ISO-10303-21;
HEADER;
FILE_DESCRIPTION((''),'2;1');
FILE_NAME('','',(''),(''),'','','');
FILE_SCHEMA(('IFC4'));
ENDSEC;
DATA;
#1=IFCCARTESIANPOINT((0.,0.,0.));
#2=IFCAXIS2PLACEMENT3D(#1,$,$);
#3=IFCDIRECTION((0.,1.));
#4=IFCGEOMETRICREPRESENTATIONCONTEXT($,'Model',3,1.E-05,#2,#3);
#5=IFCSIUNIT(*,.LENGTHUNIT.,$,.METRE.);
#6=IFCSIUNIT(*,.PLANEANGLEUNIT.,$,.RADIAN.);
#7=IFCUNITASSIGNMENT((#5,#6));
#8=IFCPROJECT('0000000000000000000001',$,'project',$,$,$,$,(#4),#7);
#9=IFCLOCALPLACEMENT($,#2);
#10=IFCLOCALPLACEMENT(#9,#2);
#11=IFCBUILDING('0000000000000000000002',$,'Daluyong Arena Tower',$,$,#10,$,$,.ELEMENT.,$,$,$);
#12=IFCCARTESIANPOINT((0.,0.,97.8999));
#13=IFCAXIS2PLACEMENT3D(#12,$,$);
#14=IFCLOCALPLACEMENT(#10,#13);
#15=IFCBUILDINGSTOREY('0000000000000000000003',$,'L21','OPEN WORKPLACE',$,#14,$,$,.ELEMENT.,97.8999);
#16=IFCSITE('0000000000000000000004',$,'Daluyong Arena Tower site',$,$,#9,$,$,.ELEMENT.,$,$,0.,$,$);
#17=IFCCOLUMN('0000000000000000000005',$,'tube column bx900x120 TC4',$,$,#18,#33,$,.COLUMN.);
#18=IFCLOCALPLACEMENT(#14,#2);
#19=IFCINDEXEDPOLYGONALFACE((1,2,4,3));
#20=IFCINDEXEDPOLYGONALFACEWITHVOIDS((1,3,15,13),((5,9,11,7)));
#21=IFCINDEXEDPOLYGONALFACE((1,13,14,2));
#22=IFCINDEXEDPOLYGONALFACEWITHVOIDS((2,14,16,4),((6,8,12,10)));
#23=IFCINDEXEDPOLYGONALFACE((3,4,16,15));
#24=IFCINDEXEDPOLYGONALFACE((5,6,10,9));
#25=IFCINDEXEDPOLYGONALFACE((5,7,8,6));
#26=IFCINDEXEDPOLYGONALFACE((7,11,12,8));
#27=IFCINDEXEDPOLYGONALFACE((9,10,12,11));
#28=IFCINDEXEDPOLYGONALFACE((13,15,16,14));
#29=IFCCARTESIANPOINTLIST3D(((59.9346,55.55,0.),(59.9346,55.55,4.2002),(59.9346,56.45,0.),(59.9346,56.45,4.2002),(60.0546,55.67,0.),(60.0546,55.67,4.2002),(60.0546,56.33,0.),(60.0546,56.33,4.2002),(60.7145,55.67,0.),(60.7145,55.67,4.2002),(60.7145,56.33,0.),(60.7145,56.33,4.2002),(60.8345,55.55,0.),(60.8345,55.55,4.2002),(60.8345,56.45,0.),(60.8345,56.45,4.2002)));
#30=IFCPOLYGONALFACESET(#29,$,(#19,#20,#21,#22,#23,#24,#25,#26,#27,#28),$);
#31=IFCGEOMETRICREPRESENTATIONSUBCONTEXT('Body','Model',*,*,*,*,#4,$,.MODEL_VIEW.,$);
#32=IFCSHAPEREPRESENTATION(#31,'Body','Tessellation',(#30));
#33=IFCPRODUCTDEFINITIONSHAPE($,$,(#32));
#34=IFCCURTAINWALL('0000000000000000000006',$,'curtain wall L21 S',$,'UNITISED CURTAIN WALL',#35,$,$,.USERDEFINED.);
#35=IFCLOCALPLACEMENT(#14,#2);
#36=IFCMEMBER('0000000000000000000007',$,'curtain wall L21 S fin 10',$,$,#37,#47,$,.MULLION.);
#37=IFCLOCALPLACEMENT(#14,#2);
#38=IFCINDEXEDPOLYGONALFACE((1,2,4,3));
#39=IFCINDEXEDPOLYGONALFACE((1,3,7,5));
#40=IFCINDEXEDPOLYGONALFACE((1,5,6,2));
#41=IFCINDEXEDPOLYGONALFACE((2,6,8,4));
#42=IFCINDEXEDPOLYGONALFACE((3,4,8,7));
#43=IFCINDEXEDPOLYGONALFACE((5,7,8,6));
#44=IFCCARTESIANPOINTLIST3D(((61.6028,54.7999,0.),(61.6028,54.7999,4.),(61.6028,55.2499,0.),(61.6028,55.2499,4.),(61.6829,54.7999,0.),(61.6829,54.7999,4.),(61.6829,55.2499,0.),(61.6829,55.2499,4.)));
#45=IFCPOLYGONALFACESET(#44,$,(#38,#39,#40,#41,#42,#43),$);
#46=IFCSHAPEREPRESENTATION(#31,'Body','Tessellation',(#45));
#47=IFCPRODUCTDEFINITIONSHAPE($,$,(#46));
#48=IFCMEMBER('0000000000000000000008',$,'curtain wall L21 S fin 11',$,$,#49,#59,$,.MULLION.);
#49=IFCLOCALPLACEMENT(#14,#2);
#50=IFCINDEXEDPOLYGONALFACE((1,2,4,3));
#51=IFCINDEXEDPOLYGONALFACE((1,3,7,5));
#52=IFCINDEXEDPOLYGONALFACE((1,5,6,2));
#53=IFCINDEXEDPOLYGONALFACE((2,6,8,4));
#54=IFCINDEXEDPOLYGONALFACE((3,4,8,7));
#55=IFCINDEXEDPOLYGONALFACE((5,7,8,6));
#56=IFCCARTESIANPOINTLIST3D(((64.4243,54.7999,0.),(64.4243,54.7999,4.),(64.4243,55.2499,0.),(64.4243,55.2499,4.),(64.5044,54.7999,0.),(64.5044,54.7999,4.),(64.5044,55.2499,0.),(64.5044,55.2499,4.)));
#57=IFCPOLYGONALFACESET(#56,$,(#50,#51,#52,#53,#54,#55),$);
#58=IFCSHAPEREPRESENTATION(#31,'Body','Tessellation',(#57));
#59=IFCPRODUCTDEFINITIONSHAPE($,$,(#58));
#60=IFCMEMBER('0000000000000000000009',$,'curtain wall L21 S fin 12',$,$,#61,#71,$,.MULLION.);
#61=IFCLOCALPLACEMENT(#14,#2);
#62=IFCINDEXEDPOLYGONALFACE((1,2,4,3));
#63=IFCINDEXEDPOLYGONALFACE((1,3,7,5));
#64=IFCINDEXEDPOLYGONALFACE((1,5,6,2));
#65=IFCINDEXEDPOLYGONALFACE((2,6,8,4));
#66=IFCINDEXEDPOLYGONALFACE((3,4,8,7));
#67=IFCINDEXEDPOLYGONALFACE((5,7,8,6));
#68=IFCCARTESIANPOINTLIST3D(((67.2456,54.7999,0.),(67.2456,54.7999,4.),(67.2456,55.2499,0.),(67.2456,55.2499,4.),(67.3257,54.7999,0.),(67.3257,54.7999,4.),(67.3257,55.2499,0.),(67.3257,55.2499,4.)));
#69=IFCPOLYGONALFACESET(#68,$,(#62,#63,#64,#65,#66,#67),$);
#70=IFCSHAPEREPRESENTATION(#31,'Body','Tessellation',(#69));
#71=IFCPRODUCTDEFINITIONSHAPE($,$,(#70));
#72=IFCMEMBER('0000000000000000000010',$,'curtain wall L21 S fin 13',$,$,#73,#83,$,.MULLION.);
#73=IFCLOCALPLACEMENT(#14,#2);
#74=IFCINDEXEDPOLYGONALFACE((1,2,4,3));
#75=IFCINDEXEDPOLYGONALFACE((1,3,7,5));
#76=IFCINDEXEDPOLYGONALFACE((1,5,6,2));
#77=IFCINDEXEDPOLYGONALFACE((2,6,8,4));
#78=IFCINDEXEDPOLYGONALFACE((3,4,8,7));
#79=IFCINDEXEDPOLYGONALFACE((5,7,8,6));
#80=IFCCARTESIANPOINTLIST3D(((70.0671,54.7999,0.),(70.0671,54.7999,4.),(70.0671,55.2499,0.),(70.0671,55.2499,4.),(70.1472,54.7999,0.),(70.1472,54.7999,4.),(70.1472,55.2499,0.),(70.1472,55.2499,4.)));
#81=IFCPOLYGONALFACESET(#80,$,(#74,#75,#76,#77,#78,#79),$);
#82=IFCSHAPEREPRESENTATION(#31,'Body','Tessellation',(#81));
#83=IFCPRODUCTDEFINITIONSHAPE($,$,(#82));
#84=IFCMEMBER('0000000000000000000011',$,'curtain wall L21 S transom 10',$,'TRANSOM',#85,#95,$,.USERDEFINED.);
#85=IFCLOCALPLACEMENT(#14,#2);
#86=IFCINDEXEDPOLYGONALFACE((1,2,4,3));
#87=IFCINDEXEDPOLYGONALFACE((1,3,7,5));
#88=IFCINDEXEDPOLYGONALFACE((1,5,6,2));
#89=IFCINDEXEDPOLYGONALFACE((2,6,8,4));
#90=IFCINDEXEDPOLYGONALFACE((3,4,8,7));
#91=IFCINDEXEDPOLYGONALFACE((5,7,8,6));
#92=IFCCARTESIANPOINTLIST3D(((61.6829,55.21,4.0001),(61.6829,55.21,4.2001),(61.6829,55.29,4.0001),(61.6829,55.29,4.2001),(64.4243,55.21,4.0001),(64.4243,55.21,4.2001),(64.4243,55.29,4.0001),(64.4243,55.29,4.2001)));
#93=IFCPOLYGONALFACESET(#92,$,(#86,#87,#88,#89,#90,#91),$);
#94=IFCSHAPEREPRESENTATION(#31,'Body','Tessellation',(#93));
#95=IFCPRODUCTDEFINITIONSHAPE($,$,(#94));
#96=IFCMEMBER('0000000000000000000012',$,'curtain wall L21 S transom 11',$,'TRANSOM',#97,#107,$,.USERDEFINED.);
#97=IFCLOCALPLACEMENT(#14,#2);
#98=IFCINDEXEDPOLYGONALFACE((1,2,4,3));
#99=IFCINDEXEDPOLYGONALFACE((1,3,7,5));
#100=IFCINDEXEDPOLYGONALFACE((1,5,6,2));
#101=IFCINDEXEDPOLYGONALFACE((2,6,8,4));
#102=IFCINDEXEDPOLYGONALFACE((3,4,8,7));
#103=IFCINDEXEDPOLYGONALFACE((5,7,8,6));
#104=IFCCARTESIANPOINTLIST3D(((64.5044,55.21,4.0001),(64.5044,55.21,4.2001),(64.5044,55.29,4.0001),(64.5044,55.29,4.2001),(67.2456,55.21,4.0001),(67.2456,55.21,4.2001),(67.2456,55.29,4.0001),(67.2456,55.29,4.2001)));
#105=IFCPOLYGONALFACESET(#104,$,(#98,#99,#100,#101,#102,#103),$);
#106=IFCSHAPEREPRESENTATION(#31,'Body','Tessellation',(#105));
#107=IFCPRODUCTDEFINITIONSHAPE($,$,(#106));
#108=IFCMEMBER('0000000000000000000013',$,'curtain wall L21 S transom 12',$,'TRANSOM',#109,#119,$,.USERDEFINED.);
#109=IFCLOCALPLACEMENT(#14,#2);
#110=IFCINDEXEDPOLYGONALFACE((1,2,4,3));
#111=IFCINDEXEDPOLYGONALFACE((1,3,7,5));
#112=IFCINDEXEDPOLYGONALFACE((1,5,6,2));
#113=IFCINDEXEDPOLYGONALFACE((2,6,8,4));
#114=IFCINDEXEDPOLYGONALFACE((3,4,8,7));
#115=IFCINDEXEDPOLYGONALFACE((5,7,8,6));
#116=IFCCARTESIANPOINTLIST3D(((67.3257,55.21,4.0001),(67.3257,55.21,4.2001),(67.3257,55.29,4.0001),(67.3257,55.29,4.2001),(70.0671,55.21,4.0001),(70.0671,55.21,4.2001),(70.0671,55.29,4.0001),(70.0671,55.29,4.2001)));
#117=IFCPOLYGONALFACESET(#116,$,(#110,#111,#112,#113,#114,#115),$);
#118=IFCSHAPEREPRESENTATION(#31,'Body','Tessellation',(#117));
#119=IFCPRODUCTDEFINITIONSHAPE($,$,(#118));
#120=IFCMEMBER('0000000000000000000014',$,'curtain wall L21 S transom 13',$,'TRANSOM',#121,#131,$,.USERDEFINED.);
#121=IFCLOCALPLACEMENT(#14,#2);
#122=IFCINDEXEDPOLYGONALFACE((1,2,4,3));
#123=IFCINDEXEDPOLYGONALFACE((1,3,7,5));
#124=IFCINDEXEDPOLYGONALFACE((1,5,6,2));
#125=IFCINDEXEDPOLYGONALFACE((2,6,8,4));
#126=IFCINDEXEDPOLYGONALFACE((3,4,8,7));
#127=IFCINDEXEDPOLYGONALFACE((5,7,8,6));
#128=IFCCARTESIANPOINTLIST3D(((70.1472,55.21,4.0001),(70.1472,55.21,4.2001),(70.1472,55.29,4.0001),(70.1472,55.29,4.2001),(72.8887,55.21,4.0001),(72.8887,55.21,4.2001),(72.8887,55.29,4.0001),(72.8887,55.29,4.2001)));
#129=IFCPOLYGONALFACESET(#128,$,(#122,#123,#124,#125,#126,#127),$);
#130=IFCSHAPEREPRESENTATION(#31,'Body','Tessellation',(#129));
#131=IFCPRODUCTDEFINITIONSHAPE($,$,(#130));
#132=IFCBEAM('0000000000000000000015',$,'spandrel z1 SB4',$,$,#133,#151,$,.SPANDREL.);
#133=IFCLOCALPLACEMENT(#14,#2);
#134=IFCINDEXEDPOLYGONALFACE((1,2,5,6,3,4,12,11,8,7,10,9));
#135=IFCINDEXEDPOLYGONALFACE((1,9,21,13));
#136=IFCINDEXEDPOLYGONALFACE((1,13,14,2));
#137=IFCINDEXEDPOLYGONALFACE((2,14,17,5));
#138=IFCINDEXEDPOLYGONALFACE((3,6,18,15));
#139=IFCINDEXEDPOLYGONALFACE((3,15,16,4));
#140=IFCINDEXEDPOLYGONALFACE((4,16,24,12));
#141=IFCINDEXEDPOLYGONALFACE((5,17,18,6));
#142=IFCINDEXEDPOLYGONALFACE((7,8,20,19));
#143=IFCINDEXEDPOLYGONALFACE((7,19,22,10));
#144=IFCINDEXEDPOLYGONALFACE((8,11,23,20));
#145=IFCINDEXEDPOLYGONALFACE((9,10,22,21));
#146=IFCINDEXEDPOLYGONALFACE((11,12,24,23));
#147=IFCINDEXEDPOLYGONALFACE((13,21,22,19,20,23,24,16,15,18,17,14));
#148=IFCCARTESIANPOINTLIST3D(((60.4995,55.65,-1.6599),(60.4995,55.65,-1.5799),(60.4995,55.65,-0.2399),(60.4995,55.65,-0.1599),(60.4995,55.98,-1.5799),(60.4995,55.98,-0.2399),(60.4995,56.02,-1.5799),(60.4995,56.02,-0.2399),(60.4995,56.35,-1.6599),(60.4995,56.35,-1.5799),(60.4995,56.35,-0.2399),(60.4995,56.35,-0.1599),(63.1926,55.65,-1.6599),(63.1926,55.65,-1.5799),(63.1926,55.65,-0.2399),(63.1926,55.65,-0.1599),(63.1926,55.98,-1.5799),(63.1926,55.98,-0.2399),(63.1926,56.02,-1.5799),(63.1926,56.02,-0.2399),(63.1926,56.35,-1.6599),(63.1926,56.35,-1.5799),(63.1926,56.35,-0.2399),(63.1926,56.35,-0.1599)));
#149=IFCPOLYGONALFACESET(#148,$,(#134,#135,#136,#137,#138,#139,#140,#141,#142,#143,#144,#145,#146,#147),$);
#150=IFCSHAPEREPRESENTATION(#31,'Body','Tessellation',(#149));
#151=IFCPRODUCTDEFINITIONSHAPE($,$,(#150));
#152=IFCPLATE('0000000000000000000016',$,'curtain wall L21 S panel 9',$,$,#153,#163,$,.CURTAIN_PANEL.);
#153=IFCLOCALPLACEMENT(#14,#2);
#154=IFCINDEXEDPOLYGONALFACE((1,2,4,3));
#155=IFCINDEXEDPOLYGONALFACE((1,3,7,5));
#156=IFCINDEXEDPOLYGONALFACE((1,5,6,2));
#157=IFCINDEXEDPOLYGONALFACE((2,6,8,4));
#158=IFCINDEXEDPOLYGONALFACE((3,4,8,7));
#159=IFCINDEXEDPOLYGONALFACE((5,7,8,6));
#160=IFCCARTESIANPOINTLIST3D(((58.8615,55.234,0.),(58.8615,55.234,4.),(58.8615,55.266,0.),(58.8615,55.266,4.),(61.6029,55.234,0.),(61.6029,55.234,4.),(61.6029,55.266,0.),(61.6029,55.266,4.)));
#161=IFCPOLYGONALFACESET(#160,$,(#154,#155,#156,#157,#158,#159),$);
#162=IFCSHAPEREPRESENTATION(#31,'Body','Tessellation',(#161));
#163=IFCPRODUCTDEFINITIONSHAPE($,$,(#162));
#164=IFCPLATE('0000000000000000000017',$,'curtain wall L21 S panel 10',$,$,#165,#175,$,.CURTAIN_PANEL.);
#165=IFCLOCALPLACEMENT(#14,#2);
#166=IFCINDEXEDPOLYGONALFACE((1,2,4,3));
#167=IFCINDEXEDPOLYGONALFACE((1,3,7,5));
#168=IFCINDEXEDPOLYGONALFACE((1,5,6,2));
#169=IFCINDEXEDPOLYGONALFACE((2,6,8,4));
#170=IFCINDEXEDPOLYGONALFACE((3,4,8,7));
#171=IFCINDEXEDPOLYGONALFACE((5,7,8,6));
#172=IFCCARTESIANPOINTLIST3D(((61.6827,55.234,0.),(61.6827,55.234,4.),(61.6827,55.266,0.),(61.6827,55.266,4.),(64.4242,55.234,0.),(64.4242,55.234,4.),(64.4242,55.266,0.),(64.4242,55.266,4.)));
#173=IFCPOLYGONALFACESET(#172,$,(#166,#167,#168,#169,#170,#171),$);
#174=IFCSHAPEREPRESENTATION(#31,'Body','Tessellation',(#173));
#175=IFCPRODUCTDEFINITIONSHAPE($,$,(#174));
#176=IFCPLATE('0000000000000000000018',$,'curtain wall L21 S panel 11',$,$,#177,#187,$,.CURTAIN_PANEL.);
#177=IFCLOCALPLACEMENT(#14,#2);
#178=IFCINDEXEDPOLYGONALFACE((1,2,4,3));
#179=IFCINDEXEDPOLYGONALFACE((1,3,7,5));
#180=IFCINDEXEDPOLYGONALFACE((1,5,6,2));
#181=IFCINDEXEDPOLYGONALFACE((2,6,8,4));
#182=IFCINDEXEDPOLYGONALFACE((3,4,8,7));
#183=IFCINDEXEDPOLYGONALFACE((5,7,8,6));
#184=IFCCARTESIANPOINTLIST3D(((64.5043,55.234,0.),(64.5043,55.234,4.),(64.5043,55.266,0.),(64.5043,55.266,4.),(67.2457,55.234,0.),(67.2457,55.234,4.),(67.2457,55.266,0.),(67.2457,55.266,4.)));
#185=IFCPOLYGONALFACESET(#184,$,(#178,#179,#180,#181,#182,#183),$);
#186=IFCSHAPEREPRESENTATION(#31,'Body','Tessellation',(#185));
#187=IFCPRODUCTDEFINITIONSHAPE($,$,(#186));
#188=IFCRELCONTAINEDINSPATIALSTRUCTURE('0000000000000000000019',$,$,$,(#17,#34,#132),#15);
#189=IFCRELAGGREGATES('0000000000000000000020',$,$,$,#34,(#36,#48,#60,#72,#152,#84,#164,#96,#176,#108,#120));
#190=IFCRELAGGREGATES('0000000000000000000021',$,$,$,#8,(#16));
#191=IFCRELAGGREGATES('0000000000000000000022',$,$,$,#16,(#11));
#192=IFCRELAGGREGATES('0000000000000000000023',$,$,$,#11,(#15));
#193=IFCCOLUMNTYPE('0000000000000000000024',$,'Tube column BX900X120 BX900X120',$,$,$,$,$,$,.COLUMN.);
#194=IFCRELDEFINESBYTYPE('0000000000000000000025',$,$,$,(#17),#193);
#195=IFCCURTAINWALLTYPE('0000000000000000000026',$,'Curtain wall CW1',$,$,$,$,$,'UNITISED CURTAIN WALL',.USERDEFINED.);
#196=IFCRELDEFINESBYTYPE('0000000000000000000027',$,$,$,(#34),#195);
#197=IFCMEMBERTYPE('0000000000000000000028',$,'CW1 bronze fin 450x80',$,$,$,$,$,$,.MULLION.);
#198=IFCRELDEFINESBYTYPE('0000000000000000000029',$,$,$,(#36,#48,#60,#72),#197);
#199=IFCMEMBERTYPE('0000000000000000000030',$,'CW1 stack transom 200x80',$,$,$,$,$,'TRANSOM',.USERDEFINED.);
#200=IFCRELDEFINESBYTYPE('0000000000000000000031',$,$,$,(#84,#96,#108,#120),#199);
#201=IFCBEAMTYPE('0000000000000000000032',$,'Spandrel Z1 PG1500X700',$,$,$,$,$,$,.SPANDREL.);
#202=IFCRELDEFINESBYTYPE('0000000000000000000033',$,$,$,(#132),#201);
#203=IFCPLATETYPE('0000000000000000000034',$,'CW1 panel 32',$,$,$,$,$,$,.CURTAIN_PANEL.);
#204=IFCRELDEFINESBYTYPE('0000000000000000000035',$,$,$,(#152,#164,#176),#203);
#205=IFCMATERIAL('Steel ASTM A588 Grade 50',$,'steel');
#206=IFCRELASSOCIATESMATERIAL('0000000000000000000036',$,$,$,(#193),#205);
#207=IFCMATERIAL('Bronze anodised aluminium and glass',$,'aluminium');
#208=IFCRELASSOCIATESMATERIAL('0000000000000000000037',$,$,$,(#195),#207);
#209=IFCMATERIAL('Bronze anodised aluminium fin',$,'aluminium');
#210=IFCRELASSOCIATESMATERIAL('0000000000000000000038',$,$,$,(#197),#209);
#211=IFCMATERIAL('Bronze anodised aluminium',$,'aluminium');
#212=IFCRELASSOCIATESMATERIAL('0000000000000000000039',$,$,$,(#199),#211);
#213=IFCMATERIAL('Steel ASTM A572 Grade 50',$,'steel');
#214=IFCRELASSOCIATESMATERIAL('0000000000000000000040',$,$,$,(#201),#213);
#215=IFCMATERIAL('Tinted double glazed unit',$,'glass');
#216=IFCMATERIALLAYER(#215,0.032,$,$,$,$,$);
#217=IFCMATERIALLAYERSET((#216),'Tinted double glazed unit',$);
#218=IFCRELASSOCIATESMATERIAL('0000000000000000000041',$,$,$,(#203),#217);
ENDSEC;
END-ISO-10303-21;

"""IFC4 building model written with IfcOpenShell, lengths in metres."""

from ifc_helpers import new_model, si_unit, direction, frame, origin, origin_2d, place, context, subcontext, project, spatial, rectangle, hollow_rectangle, i_section, extrude, material, layer, layer_set, material_profile, profile_set, type_object, element, aggregate, save


model = new_model("IFC4")

# Units and contexts
model_context = context("Model", 3, precision=1e-05, world=origin(), true_north=direction((0.0, 1.0)))
body_context = subcontext(model_context, "Body", "Model", "MODEL_VIEW")
ifc_project = project(units=[si_unit("LENGTHUNIT", "METRE"), si_unit("PLANEANGLEUNIT", "RADIAN")], contexts=[model_context])

# Site, building, storey
site_placement = place(None, origin())
site = spatial("IfcSite", under=ifc_project, at=site_placement, Name="Daluyong Arena Tower site", CompositionType="ELEMENT", RefElevation=0.0)
building_placement = place(site_placement, origin())
building = spatial("IfcBuilding", under=site, at=building_placement, Name="Daluyong Arena Tower", CompositionType="ELEMENT")
storey_placement = place(building_placement, frame((0.0, 0.0, 97.8999)))
storey = spatial("IfcBuildingStorey", under=building, at=storey_placement, Name="L21", Description="OPEN WORKPLACE", CompositionType="ELEMENT", Elevation=97.8999)

# Column
ifc_material_1 = material(Name="Steel ASTM A588 Grade 50", Category="steel")
ifc_material_profile_1 = material_profile(ifc_material_1, hollow_rectangle(XDim=0.8999, YDim=0.8999, WallThickness=0.12, at=origin_2d()))
ifc_profile_set_1 = profile_set([ifc_material_profile_1], Name="Steel ASTM A588 Grade 50")
column_type = type_object("IfcColumnType", Name="Tube column BX900X120 BX900X120", PredefinedType="COLUMN", material=ifc_profile_set_1)
column_placement = place(storey_placement, frame((60.3845, 56.0, 0.0), z_axis=(0.0, 0.0, 1.0), x_axis=(1.0, 0.0, 0.0)))
element("IfcColumn", 1, at=column_placement, inside=storey, type_object=column_type, Name="tube column bx900x120 TC4", PredefinedType="COLUMN", context=body_context, shape_type="SweptSolid", body=[
    extrude(hollow_rectangle(XDim=0.8999, YDim=0.8999, WallThickness=0.12, at=origin_2d()), origin(), (0.0, 0.0, 1.0), 4.2002),
])

# Curtain wall, members
ifc_material_2 = material(Name="Bronze anodised aluminium and glass", Category="aluminium")
curtain_wall_type = type_object("IfcCurtainWallType", Name="Curtain wall CW1", ElementType="UNITISED CURTAIN WALL", PredefinedType="USERDEFINED", material=ifc_material_2)
curtain_wall_placement = place(storey_placement, origin())
curtain_wall = element("IfcCurtainWall", 2, at=curtain_wall_placement, inside=storey, type_object=curtain_wall_type, Name="curtain wall L21 S", ObjectType="UNITISED CURTAIN WALL", PredefinedType="USERDEFINED")
ifc_material_3 = material(Name="Bronze anodised aluminium fin", Category="aluminium")
ifc_material_profile_2 = material_profile(ifc_material_3, rectangle(XDim=0.45, YDim=0.0801, at=origin_2d()))
ifc_profile_set_2 = profile_set([ifc_material_profile_2], Name="Bronze anodised aluminium fin")
member_type_1 = type_object("IfcMemberType", Name="CW1 bronze fin 450x80", PredefinedType="MULLION", material=ifc_profile_set_2)
member_1_placement = place(storey_placement, frame((61.6428, 55.0249, 0.0), z_axis=(0.0, 0.0, 1.0), x_axis=(0.0, 1.0, 0.0)))
member_1 = element("IfcMember", 3, at=member_1_placement, type_object=member_type_1, Name="curtain wall L21 S fin 10", PredefinedType="MULLION", context=body_context, shape_type="SweptSolid", body=[
    extrude(rectangle(XDim=0.45, YDim=0.0801, at=origin_2d()), origin(), (0.0, 0.0, 1.0), 4.0),
])
member_2_placement = place(storey_placement, frame((64.4644, 55.0249, 0.0), z_axis=(0.0, 0.0, 1.0), x_axis=(0.0, 1.0, 0.0)))
member_2 = element("IfcMember", 4, at=member_2_placement, type_object=member_type_1, Name="curtain wall L21 S fin 11", PredefinedType="MULLION", context=body_context, shape_type="SweptSolid", body=[
    extrude(rectangle(XDim=0.45, YDim=0.0801, at=origin_2d()), origin(), (0.0, 0.0, 1.0), 4.0),
])
member_3_placement = place(storey_placement, frame((67.2856, 55.0249, 0.0), z_axis=(0.0, 0.0, 1.0), x_axis=(0.0, 1.0, 0.0)))
member_3 = element("IfcMember", 5, at=member_3_placement, type_object=member_type_1, Name="curtain wall L21 S fin 12", PredefinedType="MULLION", context=body_context, shape_type="SweptSolid", body=[
    extrude(rectangle(XDim=0.45, YDim=0.0801, at=origin_2d()), origin(), (0.0, 0.0, 1.0), 4.0),
])
member_4_placement = place(storey_placement, frame((70.1072, 55.0249, 0.0), z_axis=(0.0, 0.0, 1.0), x_axis=(0.0, 1.0, 0.0)))
member_4 = element("IfcMember", 6, at=member_4_placement, type_object=member_type_1, Name="curtain wall L21 S fin 13", PredefinedType="MULLION", context=body_context, shape_type="SweptSolid", body=[
    extrude(rectangle(XDim=0.45, YDim=0.0801, at=origin_2d()), origin(), (0.0, 0.0, 1.0), 4.0),
])
ifc_material_4 = material(Name="Bronze anodised aluminium", Category="aluminium")
ifc_material_profile_3 = material_profile(ifc_material_4, rectangle(XDim=0.0801, YDim=0.2, at=origin_2d()))
ifc_profile_set_3 = profile_set([ifc_material_profile_3], Name="Bronze anodised aluminium")
member_type_2 = type_object("IfcMemberType", Name="CW1 stack transom 200x80", ElementType="TRANSOM", PredefinedType="USERDEFINED", material=ifc_profile_set_3)
member_5_placement = place(storey_placement, frame((61.6829, 55.25, 4.1001), z_axis=(1.0, 0.0, 0.0), x_axis=(0.0, 1.0, 0.0)))
member_5 = element("IfcMember", 7, at=member_5_placement, type_object=member_type_2, Name="curtain wall L21 S transom 10", ObjectType="TRANSOM", PredefinedType="USERDEFINED", context=body_context, shape_type="SweptSolid", body=[
    extrude(rectangle(XDim=0.0801, YDim=0.2, at=origin_2d()), origin(), (0.0, 0.0, 1.0), 2.7415),
])
member_6_placement = place(storey_placement, frame((64.5044, 55.25, 4.1001), z_axis=(1.0, 0.0, 0.0), x_axis=(0.0, 1.0, 0.0)))
member_6 = element("IfcMember", 8, at=member_6_placement, type_object=member_type_2, Name="curtain wall L21 S transom 11", ObjectType="TRANSOM", PredefinedType="USERDEFINED", context=body_context, shape_type="SweptSolid", body=[
    extrude(rectangle(XDim=0.0801, YDim=0.2, at=origin_2d()), origin(), (0.0, 0.0, 1.0), 2.7412),
])
member_7_placement = place(storey_placement, frame((67.3257, 55.25, 4.1001), z_axis=(1.0, 0.0, 0.0), x_axis=(0.0, 1.0, 0.0)))
member_7 = element("IfcMember", 9, at=member_7_placement, type_object=member_type_2, Name="curtain wall L21 S transom 12", ObjectType="TRANSOM", PredefinedType="USERDEFINED", context=body_context, shape_type="SweptSolid", body=[
    extrude(rectangle(XDim=0.0801, YDim=0.2, at=origin_2d()), origin(), (0.0, 0.0, 1.0), 2.7415),
])
member_8_placement = place(storey_placement, frame((70.1472, 55.25, 4.1001), z_axis=(1.0, 0.0, 0.0), x_axis=(0.0, 1.0, 0.0)))
member_8 = element("IfcMember", 10, at=member_8_placement, type_object=member_type_2, Name="curtain wall L21 S transom 13", ObjectType="TRANSOM", PredefinedType="USERDEFINED", context=body_context, shape_type="SweptSolid", body=[
    extrude(rectangle(XDim=0.0801, YDim=0.2, at=origin_2d()), origin(), (0.0, 0.0, 1.0), 2.7415),
])

# Beam
ifc_material_5 = material(Name="Steel ASTM A572 Grade 50", Category="steel")
ifc_material_profile_4 = material_profile(ifc_material_5, i_section(OverallWidth=0.7, OverallDepth=1.5, WebThickness=0.04, FlangeThickness=0.08, at=origin_2d()))
ifc_profile_set_4 = profile_set([ifc_material_profile_4], Name="Steel ASTM A572 Grade 50")
beam_type = type_object("IfcBeamType", Name="Spandrel Z1 PG1500X700", PredefinedType="SPANDREL", material=ifc_profile_set_4)
beam_placement = place(storey_placement, frame((60.4995, 56.0, -0.9099), z_axis=(1.0, 0.0, 0.0), x_axis=(0.0, 1.0, 0.0)))
element("IfcBeam", 11, at=beam_placement, inside=storey, type_object=beam_type, Name="spandrel z1 SB4", PredefinedType="SPANDREL", context=body_context, shape_type="SweptSolid", body=[
    extrude(i_section(OverallWidth=0.7, OverallDepth=1.5, WebThickness=0.04, FlangeThickness=0.08, at=origin_2d()), origin(), (0.0, 0.0, 1.0), 2.6931),
])

# Plates
ifc_material_6 = material(Name="Tinted double glazed unit", Category="glass")
ifc_layer_1 = layer(ifc_material_6, 0.032)
ifc_layer_set_1 = layer_set([ifc_layer_1], Name="Tinted double glazed unit")
plate_type = type_object("IfcPlateType", Name="CW1 panel 32", PredefinedType="CURTAIN_PANEL", material=ifc_layer_set_1)
plate_1_placement = place(storey_placement, frame((60.2322, 55.25, 0.0), z_axis=(0.0, 0.0, 1.0), x_axis=(1.0, 0.0, 0.0)))
plate_1 = element("IfcPlate", 12, at=plate_1_placement, type_object=plate_type, Name="curtain wall L21 S panel 9", PredefinedType="CURTAIN_PANEL", context=body_context, shape_type="SweptSolid", body=[
    extrude(rectangle(XDim=2.7415, YDim=0.032, at=origin_2d()), origin(), (0.0, 0.0, 1.0), 4.0),
])
plate_2_placement = place(storey_placement, frame((63.0535, 55.25, 0.0), z_axis=(0.0, 0.0, 1.0), x_axis=(1.0, 0.0, 0.0)))
plate_2 = element("IfcPlate", 13, at=plate_2_placement, type_object=plate_type, Name="curtain wall L21 S panel 10", PredefinedType="CURTAIN_PANEL", context=body_context, shape_type="SweptSolid", body=[
    extrude(rectangle(XDim=2.7415, YDim=0.032, at=origin_2d()), origin(), (0.0, 0.0, 1.0), 4.0),
])
plate_3_placement = place(storey_placement, frame((65.875, 55.25, 0.0), z_axis=(0.0, 0.0, 1.0), x_axis=(1.0, 0.0, 0.0)))
plate_3 = element("IfcPlate", 14, at=plate_3_placement, type_object=plate_type, Name="curtain wall L21 S panel 11", PredefinedType="CURTAIN_PANEL", context=body_context, shape_type="SweptSolid", body=[
    extrude(rectangle(XDim=2.7415, YDim=0.032, at=origin_2d()), origin(), (0.0, 0.0, 1.0), 4.0),
])
aggregate(curtain_wall, [member_1, member_2, member_3, member_4, plate_1, member_5, plate_2, member_6, plate_3, member_7, member_8])

save(model, "model.ifc")
